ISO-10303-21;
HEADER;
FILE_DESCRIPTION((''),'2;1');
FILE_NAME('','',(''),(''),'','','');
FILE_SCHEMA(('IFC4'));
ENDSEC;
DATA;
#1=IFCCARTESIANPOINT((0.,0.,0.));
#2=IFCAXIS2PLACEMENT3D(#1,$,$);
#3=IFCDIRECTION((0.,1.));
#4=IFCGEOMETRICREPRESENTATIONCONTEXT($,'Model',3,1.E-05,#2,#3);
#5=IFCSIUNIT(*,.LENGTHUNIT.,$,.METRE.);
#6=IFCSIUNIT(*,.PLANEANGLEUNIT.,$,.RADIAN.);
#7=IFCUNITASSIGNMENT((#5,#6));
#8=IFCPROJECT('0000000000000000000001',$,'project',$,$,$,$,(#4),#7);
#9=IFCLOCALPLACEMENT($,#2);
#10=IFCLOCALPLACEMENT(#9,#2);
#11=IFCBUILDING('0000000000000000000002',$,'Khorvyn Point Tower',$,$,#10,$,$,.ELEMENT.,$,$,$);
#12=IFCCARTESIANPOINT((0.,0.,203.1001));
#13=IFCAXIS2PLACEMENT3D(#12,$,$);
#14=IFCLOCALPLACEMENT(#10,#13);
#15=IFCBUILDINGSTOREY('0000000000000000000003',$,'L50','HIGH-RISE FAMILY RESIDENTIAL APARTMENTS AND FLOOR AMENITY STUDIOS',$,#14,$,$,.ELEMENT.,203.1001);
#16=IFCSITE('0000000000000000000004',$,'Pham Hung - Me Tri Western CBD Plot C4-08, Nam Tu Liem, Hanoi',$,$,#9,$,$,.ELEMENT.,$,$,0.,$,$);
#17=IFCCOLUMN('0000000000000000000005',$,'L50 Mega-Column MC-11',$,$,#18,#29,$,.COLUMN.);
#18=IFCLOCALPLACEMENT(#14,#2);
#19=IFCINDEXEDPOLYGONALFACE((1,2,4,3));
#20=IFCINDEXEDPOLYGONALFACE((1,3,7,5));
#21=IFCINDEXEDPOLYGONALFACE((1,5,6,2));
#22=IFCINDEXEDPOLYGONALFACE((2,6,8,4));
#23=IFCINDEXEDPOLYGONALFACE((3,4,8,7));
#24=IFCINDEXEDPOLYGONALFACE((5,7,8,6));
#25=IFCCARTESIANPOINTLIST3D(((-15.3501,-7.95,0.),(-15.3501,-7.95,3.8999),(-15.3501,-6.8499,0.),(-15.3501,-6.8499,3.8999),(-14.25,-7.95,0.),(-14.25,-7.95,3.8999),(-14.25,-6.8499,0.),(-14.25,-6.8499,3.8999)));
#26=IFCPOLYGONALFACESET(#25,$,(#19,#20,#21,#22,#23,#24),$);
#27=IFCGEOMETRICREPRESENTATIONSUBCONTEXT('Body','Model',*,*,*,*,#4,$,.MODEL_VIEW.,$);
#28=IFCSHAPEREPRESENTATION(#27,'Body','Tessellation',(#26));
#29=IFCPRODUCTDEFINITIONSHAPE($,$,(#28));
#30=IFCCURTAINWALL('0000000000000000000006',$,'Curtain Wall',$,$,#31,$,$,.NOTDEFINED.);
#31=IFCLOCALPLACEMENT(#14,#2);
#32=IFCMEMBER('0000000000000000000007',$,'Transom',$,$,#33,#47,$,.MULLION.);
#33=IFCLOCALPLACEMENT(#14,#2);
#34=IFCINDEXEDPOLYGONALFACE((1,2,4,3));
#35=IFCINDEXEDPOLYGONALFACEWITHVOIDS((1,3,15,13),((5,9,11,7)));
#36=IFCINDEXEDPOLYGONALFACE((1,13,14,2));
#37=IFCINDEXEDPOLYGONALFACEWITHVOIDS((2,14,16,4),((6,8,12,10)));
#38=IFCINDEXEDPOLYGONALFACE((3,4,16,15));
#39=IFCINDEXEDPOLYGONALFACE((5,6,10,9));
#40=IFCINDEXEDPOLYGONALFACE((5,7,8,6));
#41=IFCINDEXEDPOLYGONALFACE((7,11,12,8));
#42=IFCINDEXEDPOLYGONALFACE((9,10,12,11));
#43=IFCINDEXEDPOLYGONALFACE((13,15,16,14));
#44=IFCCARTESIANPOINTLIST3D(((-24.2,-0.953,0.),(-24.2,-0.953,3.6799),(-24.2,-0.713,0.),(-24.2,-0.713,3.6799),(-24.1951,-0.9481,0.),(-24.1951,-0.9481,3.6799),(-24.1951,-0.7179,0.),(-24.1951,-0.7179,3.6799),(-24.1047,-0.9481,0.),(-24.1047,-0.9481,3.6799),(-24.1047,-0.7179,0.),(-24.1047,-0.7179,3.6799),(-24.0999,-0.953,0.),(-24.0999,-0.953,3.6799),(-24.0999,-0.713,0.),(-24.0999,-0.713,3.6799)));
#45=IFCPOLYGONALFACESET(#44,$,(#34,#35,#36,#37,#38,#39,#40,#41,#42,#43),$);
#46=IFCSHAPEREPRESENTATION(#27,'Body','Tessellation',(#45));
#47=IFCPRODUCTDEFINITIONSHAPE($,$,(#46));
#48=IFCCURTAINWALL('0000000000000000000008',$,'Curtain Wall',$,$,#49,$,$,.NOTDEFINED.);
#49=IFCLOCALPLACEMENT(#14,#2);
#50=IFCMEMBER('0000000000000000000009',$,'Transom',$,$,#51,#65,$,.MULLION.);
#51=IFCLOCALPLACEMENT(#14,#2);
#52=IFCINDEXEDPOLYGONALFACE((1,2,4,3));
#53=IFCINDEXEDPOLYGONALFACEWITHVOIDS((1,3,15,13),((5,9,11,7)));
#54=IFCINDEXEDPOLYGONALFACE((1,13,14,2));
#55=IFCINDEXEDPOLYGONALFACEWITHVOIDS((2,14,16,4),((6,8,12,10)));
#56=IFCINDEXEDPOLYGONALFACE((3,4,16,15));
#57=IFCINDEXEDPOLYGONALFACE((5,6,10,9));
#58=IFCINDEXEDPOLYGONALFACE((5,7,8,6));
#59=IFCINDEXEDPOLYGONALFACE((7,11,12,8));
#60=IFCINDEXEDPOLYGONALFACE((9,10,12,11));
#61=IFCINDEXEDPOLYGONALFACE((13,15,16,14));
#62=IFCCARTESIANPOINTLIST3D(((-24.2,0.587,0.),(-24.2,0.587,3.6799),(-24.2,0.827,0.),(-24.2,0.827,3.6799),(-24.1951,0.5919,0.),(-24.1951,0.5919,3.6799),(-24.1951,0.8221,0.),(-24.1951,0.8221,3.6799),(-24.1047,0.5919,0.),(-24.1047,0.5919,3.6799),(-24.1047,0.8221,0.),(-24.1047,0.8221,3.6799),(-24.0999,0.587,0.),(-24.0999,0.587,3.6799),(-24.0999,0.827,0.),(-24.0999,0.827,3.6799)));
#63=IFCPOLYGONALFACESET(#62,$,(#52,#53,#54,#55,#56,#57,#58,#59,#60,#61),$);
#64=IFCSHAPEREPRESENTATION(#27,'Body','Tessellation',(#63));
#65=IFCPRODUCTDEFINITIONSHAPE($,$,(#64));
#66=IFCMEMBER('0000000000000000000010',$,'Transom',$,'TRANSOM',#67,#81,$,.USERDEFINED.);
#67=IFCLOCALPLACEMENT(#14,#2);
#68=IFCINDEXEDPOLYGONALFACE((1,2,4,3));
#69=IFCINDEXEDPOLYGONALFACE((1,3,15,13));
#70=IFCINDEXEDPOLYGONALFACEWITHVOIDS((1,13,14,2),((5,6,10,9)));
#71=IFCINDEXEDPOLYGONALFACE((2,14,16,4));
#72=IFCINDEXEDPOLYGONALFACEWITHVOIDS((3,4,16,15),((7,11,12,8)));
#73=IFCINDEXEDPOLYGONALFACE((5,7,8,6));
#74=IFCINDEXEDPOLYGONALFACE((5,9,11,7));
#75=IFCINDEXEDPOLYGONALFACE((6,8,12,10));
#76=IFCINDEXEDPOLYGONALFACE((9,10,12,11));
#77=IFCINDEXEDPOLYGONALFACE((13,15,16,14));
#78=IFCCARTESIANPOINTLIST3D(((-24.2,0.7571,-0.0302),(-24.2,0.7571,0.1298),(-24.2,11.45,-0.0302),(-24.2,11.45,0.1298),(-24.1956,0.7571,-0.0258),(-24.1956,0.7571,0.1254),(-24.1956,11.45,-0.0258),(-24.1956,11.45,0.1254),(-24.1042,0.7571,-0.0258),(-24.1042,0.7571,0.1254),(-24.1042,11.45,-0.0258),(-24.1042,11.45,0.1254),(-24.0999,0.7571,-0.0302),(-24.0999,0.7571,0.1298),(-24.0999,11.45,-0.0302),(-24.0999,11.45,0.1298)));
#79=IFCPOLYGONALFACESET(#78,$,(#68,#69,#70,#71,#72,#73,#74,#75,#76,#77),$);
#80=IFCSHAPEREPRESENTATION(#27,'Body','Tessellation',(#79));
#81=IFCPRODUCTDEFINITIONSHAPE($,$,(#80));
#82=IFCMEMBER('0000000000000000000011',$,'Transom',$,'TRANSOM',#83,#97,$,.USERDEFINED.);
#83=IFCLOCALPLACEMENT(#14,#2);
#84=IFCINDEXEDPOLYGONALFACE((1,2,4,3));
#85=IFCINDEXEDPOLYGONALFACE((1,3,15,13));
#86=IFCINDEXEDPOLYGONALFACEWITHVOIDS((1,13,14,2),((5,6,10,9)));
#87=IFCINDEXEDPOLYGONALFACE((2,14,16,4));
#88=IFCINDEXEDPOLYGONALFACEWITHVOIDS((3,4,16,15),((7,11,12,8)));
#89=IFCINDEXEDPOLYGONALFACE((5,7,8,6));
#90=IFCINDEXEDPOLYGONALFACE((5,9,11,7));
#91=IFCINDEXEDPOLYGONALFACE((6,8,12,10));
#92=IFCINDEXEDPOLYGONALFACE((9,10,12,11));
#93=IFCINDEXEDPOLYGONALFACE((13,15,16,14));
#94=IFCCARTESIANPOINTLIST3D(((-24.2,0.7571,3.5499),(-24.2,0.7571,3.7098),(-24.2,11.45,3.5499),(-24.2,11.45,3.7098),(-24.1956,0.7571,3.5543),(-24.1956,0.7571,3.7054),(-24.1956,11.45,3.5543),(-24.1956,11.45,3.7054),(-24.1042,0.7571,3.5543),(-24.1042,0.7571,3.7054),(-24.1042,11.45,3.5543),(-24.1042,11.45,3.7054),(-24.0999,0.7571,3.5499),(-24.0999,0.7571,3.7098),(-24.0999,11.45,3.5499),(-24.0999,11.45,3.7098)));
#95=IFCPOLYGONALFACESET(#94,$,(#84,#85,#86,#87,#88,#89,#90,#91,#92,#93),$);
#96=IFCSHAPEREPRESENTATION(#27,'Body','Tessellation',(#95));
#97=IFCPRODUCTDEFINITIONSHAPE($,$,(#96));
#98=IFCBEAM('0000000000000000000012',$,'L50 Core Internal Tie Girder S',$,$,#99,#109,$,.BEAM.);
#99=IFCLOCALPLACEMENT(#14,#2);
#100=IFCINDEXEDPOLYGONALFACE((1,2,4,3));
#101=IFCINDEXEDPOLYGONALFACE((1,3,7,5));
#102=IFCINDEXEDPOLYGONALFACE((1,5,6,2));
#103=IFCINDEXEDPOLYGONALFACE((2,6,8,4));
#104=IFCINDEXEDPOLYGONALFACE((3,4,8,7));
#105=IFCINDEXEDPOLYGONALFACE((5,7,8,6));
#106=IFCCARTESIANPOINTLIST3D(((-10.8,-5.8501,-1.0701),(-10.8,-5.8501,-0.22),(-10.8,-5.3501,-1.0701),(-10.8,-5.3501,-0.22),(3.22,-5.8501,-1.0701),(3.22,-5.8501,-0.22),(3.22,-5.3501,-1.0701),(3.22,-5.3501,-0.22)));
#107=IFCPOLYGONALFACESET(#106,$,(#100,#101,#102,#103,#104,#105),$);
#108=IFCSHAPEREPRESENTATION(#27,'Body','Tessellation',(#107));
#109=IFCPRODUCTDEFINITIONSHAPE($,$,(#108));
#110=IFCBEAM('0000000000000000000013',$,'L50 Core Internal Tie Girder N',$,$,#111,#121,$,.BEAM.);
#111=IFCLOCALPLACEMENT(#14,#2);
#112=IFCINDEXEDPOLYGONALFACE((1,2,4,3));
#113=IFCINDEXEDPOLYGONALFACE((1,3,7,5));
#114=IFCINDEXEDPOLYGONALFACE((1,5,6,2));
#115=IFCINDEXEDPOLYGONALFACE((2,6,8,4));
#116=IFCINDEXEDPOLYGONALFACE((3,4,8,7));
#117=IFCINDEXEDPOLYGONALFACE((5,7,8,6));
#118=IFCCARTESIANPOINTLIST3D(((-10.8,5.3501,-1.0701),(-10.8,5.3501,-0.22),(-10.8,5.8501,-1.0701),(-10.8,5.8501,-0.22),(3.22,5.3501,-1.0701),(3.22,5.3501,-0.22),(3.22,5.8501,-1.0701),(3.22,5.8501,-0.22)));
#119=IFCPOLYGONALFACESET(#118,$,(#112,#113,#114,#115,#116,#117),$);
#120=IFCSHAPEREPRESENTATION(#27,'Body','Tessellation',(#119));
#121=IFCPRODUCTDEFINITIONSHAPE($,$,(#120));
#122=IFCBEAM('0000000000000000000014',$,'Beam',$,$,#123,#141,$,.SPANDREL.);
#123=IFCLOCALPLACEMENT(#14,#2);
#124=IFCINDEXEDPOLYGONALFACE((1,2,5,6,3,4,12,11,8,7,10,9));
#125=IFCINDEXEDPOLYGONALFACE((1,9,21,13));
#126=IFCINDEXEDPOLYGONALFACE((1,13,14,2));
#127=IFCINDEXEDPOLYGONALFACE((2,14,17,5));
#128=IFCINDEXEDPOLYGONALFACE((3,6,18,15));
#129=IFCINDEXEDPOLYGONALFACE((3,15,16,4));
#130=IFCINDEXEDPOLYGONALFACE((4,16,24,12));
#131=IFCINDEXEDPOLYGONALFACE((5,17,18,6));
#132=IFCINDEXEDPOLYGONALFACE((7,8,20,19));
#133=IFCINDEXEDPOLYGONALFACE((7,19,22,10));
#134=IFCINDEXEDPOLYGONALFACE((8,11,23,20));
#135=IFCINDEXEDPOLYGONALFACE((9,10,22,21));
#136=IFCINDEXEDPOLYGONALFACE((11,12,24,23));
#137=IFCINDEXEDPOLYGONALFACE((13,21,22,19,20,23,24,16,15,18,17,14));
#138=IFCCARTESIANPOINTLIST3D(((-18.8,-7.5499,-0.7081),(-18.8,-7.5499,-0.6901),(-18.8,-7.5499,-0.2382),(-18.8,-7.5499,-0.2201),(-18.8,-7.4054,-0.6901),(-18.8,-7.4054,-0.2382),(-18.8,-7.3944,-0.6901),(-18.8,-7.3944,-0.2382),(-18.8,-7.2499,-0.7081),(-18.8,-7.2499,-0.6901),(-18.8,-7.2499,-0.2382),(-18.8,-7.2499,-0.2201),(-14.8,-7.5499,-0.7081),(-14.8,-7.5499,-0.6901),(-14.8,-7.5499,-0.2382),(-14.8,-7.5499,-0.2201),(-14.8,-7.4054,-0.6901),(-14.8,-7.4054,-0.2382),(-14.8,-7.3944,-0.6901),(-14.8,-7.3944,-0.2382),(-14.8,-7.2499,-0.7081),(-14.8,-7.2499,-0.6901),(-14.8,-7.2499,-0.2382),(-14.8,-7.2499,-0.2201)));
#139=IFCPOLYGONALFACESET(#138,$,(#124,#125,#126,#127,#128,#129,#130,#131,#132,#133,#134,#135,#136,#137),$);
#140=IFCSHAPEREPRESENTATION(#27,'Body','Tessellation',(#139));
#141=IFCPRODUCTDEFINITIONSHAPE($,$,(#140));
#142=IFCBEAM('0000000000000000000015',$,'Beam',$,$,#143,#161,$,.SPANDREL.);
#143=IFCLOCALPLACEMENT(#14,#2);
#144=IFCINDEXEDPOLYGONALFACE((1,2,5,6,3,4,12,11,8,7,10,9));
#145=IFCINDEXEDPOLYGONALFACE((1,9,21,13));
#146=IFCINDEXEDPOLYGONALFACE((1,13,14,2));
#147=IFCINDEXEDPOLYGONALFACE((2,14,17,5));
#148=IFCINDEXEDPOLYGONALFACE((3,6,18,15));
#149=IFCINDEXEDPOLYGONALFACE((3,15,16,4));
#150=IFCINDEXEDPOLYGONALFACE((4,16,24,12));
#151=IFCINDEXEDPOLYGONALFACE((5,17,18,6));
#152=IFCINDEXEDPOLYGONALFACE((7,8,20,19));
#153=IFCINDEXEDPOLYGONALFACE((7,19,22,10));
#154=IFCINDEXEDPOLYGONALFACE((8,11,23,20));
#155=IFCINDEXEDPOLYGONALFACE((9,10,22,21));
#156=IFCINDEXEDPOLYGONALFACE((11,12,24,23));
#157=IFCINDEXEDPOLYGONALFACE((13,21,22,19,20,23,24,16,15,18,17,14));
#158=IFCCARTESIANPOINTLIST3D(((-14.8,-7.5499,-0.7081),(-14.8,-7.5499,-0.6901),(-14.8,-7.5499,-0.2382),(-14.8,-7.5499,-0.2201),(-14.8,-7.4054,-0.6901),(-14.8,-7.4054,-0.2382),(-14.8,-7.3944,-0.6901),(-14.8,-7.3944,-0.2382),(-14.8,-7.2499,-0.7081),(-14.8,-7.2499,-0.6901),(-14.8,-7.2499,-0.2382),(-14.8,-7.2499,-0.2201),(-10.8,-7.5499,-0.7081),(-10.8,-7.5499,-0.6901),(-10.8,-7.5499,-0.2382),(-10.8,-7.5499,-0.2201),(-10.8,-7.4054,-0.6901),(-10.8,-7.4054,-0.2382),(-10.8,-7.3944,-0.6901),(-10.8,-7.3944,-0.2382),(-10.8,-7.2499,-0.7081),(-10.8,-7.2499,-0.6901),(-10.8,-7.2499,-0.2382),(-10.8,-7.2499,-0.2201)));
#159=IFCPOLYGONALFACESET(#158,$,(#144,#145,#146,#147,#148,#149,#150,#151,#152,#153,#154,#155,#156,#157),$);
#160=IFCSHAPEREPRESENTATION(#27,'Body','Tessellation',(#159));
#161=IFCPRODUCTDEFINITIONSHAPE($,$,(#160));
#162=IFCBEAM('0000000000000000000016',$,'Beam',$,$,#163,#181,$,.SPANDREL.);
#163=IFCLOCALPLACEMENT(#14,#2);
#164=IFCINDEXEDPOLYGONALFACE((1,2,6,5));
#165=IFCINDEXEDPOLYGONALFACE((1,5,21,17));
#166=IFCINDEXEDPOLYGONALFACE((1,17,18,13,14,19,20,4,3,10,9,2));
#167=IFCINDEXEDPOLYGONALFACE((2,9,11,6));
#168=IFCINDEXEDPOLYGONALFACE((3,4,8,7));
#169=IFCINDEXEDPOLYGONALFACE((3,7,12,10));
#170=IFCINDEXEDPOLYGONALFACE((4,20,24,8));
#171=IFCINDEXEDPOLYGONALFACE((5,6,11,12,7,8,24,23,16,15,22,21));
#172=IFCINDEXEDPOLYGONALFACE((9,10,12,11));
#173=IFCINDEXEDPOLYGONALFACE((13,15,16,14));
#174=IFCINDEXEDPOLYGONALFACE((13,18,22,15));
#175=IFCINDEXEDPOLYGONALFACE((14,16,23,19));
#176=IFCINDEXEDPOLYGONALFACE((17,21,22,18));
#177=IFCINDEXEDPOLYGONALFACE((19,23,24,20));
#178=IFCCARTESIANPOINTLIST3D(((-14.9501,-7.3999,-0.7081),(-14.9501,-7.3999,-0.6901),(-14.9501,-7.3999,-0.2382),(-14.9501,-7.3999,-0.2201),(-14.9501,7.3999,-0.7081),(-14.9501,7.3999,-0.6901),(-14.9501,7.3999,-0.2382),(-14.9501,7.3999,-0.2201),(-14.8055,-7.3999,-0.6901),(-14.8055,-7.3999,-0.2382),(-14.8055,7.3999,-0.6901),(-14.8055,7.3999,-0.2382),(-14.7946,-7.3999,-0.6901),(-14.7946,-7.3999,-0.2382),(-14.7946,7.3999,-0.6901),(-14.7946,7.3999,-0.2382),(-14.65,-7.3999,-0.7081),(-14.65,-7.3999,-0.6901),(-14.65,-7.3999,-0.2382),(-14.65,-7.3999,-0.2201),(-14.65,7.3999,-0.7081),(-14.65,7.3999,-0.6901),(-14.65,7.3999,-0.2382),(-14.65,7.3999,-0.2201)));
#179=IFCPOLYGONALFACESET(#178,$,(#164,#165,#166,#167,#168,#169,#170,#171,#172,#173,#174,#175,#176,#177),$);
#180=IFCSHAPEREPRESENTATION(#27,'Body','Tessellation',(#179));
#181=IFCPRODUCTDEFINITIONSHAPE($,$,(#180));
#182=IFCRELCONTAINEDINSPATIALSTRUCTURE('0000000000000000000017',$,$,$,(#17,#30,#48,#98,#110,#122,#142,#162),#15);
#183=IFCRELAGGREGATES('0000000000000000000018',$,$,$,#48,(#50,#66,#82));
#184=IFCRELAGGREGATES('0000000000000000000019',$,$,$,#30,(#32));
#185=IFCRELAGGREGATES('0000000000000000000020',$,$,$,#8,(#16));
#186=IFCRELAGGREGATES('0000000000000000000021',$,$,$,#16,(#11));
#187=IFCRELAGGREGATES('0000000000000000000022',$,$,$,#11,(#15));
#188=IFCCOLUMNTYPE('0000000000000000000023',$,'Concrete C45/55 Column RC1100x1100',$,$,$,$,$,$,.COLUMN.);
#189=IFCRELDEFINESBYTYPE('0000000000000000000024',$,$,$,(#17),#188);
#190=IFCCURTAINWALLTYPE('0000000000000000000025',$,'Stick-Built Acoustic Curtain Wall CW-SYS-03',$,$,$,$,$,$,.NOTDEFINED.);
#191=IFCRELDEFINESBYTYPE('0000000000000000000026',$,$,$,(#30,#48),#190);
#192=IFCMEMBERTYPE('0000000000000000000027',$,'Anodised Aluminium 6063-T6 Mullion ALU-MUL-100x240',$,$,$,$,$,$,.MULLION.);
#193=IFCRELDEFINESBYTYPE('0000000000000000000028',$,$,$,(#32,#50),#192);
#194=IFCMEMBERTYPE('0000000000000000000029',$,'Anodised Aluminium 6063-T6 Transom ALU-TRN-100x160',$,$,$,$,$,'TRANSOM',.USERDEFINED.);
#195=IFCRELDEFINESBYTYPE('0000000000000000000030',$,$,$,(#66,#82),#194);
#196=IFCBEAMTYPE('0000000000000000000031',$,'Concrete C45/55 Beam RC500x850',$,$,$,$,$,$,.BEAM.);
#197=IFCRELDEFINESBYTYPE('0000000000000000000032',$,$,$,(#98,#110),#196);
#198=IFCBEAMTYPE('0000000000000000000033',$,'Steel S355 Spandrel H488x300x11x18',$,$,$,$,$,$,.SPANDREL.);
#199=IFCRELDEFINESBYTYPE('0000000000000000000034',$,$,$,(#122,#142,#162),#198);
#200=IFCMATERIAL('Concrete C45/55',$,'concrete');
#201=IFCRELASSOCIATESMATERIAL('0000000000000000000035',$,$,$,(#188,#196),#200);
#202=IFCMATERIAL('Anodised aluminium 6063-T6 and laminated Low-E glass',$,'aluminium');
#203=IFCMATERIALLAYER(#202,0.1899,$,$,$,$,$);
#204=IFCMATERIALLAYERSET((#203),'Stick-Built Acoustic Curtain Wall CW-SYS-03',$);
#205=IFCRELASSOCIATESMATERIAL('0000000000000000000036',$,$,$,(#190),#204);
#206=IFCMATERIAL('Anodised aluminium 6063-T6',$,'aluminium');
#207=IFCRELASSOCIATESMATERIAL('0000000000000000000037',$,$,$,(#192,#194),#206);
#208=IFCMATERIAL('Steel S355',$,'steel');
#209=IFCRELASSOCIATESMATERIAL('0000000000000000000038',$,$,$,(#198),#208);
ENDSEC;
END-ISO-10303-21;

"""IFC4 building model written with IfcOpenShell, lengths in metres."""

from ifc_helpers import new_model, si_unit, direction, frame, origin, origin_2d, place, context, subcontext, project, spatial, rectangle, hollow_rectangle, i_section, extrude, material, layer, layer_set, material_profile, profile_set, type_object, element, aggregate, save


model = new_model("IFC4")

# Units and contexts
model_context = context("Model", 3, precision=1e-05, world=origin(), true_north=direction((0.0, 1.0)))
body_context = subcontext(model_context, "Body", "Model", "MODEL_VIEW")
ifc_project = project(units=[si_unit("LENGTHUNIT", "METRE"), si_unit("PLANEANGLEUNIT", "RADIAN")], contexts=[model_context])

# Site, building, storey
site_placement = place(None, origin())
site = spatial("IfcSite", under=ifc_project, at=site_placement, Name="Pham Hung - Me Tri Western CBD Plot C4-08, Nam Tu Liem, Hanoi", CompositionType="ELEMENT", RefElevation=0.0)
building_placement = place(site_placement, origin())
building = spatial("IfcBuilding", under=site, at=building_placement, Name="Khorvyn Point Tower", CompositionType="ELEMENT")
storey_placement = place(building_placement, frame((0.0, 0.0, 203.1001)))
storey = spatial("IfcBuildingStorey", under=building, at=storey_placement, Name="L50", Description="HIGH-RISE FAMILY RESIDENTIAL APARTMENTS AND FLOOR AMENITY STUDIOS", CompositionType="ELEMENT", Elevation=203.1001)

# Column
ifc_material_1 = material(Name="Concrete C45/55", Category="concrete")
ifc_material_profile_1 = material_profile(ifc_material_1, rectangle(XDim=1.1001, YDim=1.1001, at=origin_2d()))
ifc_profile_set_1 = profile_set([ifc_material_profile_1], Name="Concrete C45/55 RC1100x1100")
column_type = type_object("IfcColumnType", Name="Concrete C45/55 Column RC1100x1100", PredefinedType="COLUMN", material=ifc_profile_set_1)
column_placement = place(storey_placement, frame((-14.8, -7.3999, 0.0), z_axis=(0.0, 0.0, 1.0), x_axis=(1.0, 0.0, 0.0)))
element("IfcColumn", 1, at=column_placement, inside=storey, type_object=column_type, Name="L50 Mega-Column MC-11", PredefinedType="COLUMN", context=body_context, shape_type="SweptSolid", body=[
    extrude(rectangle(XDim=1.1001, YDim=1.1001, at=origin_2d()), origin(), (0.0, 0.0, 1.0), 3.8999),
])

# Curtain wall, member
ifc_material_2 = material(Name="Anodised aluminium 6063-T6 and laminated Low-E glass", Category="aluminium")
ifc_layer_1 = layer(ifc_material_2, 0.1899)
ifc_layer_set_1 = layer_set([ifc_layer_1], Name="Stick-Built Acoustic Curtain Wall CW-SYS-03")
curtain_wall_type = type_object("IfcCurtainWallType", Name="Stick-Built Acoustic Curtain Wall CW-SYS-03", PredefinedType="NOTDEFINED", material=ifc_layer_set_1)
curtain_wall_1_placement = place(storey_placement, origin())
curtain_wall_1 = element("IfcCurtainWall", 2, at=curtain_wall_1_placement, inside=storey, type_object=curtain_wall_type, Name="Curtain Wall", PredefinedType="NOTDEFINED")
ifc_material_3 = material(Name="Anodised aluminium 6063-T6", Category="aluminium")
ifc_material_profile_2 = material_profile(ifc_material_3, hollow_rectangle(XDim=0.1001, YDim=0.24, WallThickness=0.0049, at=origin_2d()))
ifc_profile_set_2 = profile_set([ifc_material_profile_2], Name="Anodised aluminium 6063-T6 ALU-MUL-100x240")
member_type_1 = type_object("IfcMemberType", Name="Anodised Aluminium 6063-T6 Mullion ALU-MUL-100x240", PredefinedType="MULLION", material=ifc_profile_set_2)
member_1_placement = place(storey_placement, frame((-24.1499, -0.833, 0.0), z_axis=(0.0, 0.0, 1.0), x_axis=(-1.0, 0.0, 0.0)))
member_1 = element("IfcMember", 3, at=member_1_placement, type_object=member_type_1, Name="Transom", PredefinedType="MULLION", context=body_context, shape_type="SweptSolid", body=[
    extrude(hollow_rectangle(XDim=0.1001, YDim=0.24, WallThickness=0.0049, at=origin_2d()), origin(), (0.0, 0.0, 1.0), 3.6799),
])

# Curtain wall, members
curtain_wall_2_placement = place(storey_placement, origin())
curtain_wall_2 = element("IfcCurtainWall", 4, at=curtain_wall_2_placement, inside=storey, type_object=curtain_wall_type, Name="Curtain Wall", PredefinedType="NOTDEFINED")
member_2_placement = place(storey_placement, frame((-24.1499, 0.707, 0.0), z_axis=(0.0, 0.0, 1.0), x_axis=(-1.0, 0.0, 0.0)))
member_2 = element("IfcMember", 5, at=member_2_placement, type_object=member_type_1, Name="Transom", PredefinedType="MULLION", context=body_context, shape_type="SweptSolid", body=[
    extrude(hollow_rectangle(XDim=0.1001, YDim=0.24, WallThickness=0.0049, at=origin_2d()), origin(), (0.0, 0.0, 1.0), 3.6799),
])
ifc_material_profile_3 = material_profile(ifc_material_3, hollow_rectangle(XDim=0.1001, YDim=0.1599, WallThickness=0.0044, at=origin_2d()))
ifc_profile_set_3 = profile_set([ifc_material_profile_3], Name="Anodised aluminium 6063-T6 ALU-TRN-100x160")
member_type_2 = type_object("IfcMemberType", Name="Anodised Aluminium 6063-T6 Transom ALU-TRN-100x160", ElementType="TRANSOM", PredefinedType="USERDEFINED", material=ifc_profile_set_3)
member_3_placement = place(storey_placement, frame((-24.1499, 0.7571, 0.0498), z_axis=(0.0, 1.0, 0.0), x_axis=(-1.0, 0.0, 0.0)))
member_3 = element("IfcMember", 6, at=member_3_placement, type_object=member_type_2, Name="Transom", ObjectType="TRANSOM", PredefinedType="USERDEFINED", context=body_context, shape_type="SweptSolid", body=[
    extrude(hollow_rectangle(XDim=0.1001, YDim=0.1599, WallThickness=0.0044, at=origin_2d()), origin(), (0.0, 0.0, 1.0), 10.6929),
])
member_4_placement = place(storey_placement, frame((-24.1499, 0.7571, 3.6299), z_axis=(0.0, 1.0, 0.0), x_axis=(-1.0, 0.0, 0.0)))
member_4 = element("IfcMember", 7, at=member_4_placement, type_object=member_type_2, Name="Transom", ObjectType="TRANSOM", PredefinedType="USERDEFINED", context=body_context, shape_type="SweptSolid", body=[
    extrude(hollow_rectangle(XDim=0.1001, YDim=0.1599, WallThickness=0.0044, at=origin_2d()), origin(), (0.0, 0.0, 1.0), 10.6929),
])
aggregate(curtain_wall_2, [member_2, member_3, member_4])

# Beams
ifc_material_profile_4 = material_profile(ifc_material_1, rectangle(XDim=0.5, YDim=0.8501, at=origin_2d()))
ifc_profile_set_4 = profile_set([ifc_material_profile_4], Name="Concrete C45/55 RC500x850")
beam_type_1 = type_object("IfcBeamType", Name="Concrete C45/55 Beam RC500x850", PredefinedType="BEAM", material=ifc_profile_set_4)
for number, where, z_axis, x_axis, name in (
    (8, (-10.8, -5.6001, -0.645), (1.0, 0.0, 0.0), (0.0, 1.0, 0.0), "L50 Core Internal Tie Girder S"),
    (9, (-10.8, 5.6001, -0.645), (1.0, 0.0, 0.0), (0.0, 1.0, 0.0), "L50 Core Internal Tie Girder N"),
):
    element("IfcBeam", number, at=place(storey_placement, frame(where, z_axis=z_axis, x_axis=x_axis)), inside=storey, type_object=beam_type_1, Name=name, PredefinedType="BEAM", context=body_context, shape_type="SweptSolid", body=[
        extrude(rectangle(XDim=0.5, YDim=0.8501, at=origin_2d()), origin(), (0.0, 0.0, 1.0), 14.02),
    ])
ifc_material_4 = material(Name="Steel S355", Category="steel")
ifc_material_profile_5 = material_profile(ifc_material_4, i_section(OverallWidth=0.3, OverallDepth=0.488, WebThickness=0.011, FlangeThickness=0.0181, at=origin_2d()))
ifc_profile_set_5 = profile_set([ifc_material_profile_5], Name="Steel S355 H488x300x11x18")
beam_type_2 = type_object("IfcBeamType", Name="Steel S355 Spandrel H488x300x11x18", PredefinedType="SPANDREL", material=ifc_profile_set_5)
for number, where, z_axis, x_axis, name in (
    (10, (-18.8, -7.3999, -0.4641), (1.0, 0.0, 0.0), (0.0, 1.0, 0.0), "Beam"),
    (11, (-14.8, -7.3999, -0.4641), (1.0, 0.0, 0.0), (0.0, 1.0, 0.0), "Beam"),
):
    element("IfcBeam", number, at=place(storey_placement, frame(where, z_axis=z_axis, x_axis=x_axis)), inside=storey, type_object=beam_type_2, Name=name, PredefinedType="SPANDREL", context=body_context, shape_type="SweptSolid", body=[
        extrude(i_section(OverallWidth=0.3, OverallDepth=0.488, WebThickness=0.011, FlangeThickness=0.0181, at=origin_2d()), origin(), (0.0, 0.0, 1.0), 4.0),
    ])
for number, where, z_axis, x_axis, name in (
    (12, (-14.8, -7.3999, -0.4641), (0.0, 1.0, 0.0), (-1.0, 0.0, 0.0), "Beam"),
):
    element("IfcBeam", number, at=place(storey_placement, frame(where, z_axis=z_axis, x_axis=x_axis)), inside=storey, type_object=beam_type_2, Name=name, PredefinedType="SPANDREL", context=body_context, shape_type="SweptSolid", body=[
        extrude(i_section(OverallWidth=0.3, OverallDepth=0.488, WebThickness=0.011, FlangeThickness=0.0181, at=origin_2d()), origin(), (0.0, 0.0, 1.0), 14.7998),
    ])

aggregate(curtain_wall_1, [member_1])

save(model, "model.ifc")
